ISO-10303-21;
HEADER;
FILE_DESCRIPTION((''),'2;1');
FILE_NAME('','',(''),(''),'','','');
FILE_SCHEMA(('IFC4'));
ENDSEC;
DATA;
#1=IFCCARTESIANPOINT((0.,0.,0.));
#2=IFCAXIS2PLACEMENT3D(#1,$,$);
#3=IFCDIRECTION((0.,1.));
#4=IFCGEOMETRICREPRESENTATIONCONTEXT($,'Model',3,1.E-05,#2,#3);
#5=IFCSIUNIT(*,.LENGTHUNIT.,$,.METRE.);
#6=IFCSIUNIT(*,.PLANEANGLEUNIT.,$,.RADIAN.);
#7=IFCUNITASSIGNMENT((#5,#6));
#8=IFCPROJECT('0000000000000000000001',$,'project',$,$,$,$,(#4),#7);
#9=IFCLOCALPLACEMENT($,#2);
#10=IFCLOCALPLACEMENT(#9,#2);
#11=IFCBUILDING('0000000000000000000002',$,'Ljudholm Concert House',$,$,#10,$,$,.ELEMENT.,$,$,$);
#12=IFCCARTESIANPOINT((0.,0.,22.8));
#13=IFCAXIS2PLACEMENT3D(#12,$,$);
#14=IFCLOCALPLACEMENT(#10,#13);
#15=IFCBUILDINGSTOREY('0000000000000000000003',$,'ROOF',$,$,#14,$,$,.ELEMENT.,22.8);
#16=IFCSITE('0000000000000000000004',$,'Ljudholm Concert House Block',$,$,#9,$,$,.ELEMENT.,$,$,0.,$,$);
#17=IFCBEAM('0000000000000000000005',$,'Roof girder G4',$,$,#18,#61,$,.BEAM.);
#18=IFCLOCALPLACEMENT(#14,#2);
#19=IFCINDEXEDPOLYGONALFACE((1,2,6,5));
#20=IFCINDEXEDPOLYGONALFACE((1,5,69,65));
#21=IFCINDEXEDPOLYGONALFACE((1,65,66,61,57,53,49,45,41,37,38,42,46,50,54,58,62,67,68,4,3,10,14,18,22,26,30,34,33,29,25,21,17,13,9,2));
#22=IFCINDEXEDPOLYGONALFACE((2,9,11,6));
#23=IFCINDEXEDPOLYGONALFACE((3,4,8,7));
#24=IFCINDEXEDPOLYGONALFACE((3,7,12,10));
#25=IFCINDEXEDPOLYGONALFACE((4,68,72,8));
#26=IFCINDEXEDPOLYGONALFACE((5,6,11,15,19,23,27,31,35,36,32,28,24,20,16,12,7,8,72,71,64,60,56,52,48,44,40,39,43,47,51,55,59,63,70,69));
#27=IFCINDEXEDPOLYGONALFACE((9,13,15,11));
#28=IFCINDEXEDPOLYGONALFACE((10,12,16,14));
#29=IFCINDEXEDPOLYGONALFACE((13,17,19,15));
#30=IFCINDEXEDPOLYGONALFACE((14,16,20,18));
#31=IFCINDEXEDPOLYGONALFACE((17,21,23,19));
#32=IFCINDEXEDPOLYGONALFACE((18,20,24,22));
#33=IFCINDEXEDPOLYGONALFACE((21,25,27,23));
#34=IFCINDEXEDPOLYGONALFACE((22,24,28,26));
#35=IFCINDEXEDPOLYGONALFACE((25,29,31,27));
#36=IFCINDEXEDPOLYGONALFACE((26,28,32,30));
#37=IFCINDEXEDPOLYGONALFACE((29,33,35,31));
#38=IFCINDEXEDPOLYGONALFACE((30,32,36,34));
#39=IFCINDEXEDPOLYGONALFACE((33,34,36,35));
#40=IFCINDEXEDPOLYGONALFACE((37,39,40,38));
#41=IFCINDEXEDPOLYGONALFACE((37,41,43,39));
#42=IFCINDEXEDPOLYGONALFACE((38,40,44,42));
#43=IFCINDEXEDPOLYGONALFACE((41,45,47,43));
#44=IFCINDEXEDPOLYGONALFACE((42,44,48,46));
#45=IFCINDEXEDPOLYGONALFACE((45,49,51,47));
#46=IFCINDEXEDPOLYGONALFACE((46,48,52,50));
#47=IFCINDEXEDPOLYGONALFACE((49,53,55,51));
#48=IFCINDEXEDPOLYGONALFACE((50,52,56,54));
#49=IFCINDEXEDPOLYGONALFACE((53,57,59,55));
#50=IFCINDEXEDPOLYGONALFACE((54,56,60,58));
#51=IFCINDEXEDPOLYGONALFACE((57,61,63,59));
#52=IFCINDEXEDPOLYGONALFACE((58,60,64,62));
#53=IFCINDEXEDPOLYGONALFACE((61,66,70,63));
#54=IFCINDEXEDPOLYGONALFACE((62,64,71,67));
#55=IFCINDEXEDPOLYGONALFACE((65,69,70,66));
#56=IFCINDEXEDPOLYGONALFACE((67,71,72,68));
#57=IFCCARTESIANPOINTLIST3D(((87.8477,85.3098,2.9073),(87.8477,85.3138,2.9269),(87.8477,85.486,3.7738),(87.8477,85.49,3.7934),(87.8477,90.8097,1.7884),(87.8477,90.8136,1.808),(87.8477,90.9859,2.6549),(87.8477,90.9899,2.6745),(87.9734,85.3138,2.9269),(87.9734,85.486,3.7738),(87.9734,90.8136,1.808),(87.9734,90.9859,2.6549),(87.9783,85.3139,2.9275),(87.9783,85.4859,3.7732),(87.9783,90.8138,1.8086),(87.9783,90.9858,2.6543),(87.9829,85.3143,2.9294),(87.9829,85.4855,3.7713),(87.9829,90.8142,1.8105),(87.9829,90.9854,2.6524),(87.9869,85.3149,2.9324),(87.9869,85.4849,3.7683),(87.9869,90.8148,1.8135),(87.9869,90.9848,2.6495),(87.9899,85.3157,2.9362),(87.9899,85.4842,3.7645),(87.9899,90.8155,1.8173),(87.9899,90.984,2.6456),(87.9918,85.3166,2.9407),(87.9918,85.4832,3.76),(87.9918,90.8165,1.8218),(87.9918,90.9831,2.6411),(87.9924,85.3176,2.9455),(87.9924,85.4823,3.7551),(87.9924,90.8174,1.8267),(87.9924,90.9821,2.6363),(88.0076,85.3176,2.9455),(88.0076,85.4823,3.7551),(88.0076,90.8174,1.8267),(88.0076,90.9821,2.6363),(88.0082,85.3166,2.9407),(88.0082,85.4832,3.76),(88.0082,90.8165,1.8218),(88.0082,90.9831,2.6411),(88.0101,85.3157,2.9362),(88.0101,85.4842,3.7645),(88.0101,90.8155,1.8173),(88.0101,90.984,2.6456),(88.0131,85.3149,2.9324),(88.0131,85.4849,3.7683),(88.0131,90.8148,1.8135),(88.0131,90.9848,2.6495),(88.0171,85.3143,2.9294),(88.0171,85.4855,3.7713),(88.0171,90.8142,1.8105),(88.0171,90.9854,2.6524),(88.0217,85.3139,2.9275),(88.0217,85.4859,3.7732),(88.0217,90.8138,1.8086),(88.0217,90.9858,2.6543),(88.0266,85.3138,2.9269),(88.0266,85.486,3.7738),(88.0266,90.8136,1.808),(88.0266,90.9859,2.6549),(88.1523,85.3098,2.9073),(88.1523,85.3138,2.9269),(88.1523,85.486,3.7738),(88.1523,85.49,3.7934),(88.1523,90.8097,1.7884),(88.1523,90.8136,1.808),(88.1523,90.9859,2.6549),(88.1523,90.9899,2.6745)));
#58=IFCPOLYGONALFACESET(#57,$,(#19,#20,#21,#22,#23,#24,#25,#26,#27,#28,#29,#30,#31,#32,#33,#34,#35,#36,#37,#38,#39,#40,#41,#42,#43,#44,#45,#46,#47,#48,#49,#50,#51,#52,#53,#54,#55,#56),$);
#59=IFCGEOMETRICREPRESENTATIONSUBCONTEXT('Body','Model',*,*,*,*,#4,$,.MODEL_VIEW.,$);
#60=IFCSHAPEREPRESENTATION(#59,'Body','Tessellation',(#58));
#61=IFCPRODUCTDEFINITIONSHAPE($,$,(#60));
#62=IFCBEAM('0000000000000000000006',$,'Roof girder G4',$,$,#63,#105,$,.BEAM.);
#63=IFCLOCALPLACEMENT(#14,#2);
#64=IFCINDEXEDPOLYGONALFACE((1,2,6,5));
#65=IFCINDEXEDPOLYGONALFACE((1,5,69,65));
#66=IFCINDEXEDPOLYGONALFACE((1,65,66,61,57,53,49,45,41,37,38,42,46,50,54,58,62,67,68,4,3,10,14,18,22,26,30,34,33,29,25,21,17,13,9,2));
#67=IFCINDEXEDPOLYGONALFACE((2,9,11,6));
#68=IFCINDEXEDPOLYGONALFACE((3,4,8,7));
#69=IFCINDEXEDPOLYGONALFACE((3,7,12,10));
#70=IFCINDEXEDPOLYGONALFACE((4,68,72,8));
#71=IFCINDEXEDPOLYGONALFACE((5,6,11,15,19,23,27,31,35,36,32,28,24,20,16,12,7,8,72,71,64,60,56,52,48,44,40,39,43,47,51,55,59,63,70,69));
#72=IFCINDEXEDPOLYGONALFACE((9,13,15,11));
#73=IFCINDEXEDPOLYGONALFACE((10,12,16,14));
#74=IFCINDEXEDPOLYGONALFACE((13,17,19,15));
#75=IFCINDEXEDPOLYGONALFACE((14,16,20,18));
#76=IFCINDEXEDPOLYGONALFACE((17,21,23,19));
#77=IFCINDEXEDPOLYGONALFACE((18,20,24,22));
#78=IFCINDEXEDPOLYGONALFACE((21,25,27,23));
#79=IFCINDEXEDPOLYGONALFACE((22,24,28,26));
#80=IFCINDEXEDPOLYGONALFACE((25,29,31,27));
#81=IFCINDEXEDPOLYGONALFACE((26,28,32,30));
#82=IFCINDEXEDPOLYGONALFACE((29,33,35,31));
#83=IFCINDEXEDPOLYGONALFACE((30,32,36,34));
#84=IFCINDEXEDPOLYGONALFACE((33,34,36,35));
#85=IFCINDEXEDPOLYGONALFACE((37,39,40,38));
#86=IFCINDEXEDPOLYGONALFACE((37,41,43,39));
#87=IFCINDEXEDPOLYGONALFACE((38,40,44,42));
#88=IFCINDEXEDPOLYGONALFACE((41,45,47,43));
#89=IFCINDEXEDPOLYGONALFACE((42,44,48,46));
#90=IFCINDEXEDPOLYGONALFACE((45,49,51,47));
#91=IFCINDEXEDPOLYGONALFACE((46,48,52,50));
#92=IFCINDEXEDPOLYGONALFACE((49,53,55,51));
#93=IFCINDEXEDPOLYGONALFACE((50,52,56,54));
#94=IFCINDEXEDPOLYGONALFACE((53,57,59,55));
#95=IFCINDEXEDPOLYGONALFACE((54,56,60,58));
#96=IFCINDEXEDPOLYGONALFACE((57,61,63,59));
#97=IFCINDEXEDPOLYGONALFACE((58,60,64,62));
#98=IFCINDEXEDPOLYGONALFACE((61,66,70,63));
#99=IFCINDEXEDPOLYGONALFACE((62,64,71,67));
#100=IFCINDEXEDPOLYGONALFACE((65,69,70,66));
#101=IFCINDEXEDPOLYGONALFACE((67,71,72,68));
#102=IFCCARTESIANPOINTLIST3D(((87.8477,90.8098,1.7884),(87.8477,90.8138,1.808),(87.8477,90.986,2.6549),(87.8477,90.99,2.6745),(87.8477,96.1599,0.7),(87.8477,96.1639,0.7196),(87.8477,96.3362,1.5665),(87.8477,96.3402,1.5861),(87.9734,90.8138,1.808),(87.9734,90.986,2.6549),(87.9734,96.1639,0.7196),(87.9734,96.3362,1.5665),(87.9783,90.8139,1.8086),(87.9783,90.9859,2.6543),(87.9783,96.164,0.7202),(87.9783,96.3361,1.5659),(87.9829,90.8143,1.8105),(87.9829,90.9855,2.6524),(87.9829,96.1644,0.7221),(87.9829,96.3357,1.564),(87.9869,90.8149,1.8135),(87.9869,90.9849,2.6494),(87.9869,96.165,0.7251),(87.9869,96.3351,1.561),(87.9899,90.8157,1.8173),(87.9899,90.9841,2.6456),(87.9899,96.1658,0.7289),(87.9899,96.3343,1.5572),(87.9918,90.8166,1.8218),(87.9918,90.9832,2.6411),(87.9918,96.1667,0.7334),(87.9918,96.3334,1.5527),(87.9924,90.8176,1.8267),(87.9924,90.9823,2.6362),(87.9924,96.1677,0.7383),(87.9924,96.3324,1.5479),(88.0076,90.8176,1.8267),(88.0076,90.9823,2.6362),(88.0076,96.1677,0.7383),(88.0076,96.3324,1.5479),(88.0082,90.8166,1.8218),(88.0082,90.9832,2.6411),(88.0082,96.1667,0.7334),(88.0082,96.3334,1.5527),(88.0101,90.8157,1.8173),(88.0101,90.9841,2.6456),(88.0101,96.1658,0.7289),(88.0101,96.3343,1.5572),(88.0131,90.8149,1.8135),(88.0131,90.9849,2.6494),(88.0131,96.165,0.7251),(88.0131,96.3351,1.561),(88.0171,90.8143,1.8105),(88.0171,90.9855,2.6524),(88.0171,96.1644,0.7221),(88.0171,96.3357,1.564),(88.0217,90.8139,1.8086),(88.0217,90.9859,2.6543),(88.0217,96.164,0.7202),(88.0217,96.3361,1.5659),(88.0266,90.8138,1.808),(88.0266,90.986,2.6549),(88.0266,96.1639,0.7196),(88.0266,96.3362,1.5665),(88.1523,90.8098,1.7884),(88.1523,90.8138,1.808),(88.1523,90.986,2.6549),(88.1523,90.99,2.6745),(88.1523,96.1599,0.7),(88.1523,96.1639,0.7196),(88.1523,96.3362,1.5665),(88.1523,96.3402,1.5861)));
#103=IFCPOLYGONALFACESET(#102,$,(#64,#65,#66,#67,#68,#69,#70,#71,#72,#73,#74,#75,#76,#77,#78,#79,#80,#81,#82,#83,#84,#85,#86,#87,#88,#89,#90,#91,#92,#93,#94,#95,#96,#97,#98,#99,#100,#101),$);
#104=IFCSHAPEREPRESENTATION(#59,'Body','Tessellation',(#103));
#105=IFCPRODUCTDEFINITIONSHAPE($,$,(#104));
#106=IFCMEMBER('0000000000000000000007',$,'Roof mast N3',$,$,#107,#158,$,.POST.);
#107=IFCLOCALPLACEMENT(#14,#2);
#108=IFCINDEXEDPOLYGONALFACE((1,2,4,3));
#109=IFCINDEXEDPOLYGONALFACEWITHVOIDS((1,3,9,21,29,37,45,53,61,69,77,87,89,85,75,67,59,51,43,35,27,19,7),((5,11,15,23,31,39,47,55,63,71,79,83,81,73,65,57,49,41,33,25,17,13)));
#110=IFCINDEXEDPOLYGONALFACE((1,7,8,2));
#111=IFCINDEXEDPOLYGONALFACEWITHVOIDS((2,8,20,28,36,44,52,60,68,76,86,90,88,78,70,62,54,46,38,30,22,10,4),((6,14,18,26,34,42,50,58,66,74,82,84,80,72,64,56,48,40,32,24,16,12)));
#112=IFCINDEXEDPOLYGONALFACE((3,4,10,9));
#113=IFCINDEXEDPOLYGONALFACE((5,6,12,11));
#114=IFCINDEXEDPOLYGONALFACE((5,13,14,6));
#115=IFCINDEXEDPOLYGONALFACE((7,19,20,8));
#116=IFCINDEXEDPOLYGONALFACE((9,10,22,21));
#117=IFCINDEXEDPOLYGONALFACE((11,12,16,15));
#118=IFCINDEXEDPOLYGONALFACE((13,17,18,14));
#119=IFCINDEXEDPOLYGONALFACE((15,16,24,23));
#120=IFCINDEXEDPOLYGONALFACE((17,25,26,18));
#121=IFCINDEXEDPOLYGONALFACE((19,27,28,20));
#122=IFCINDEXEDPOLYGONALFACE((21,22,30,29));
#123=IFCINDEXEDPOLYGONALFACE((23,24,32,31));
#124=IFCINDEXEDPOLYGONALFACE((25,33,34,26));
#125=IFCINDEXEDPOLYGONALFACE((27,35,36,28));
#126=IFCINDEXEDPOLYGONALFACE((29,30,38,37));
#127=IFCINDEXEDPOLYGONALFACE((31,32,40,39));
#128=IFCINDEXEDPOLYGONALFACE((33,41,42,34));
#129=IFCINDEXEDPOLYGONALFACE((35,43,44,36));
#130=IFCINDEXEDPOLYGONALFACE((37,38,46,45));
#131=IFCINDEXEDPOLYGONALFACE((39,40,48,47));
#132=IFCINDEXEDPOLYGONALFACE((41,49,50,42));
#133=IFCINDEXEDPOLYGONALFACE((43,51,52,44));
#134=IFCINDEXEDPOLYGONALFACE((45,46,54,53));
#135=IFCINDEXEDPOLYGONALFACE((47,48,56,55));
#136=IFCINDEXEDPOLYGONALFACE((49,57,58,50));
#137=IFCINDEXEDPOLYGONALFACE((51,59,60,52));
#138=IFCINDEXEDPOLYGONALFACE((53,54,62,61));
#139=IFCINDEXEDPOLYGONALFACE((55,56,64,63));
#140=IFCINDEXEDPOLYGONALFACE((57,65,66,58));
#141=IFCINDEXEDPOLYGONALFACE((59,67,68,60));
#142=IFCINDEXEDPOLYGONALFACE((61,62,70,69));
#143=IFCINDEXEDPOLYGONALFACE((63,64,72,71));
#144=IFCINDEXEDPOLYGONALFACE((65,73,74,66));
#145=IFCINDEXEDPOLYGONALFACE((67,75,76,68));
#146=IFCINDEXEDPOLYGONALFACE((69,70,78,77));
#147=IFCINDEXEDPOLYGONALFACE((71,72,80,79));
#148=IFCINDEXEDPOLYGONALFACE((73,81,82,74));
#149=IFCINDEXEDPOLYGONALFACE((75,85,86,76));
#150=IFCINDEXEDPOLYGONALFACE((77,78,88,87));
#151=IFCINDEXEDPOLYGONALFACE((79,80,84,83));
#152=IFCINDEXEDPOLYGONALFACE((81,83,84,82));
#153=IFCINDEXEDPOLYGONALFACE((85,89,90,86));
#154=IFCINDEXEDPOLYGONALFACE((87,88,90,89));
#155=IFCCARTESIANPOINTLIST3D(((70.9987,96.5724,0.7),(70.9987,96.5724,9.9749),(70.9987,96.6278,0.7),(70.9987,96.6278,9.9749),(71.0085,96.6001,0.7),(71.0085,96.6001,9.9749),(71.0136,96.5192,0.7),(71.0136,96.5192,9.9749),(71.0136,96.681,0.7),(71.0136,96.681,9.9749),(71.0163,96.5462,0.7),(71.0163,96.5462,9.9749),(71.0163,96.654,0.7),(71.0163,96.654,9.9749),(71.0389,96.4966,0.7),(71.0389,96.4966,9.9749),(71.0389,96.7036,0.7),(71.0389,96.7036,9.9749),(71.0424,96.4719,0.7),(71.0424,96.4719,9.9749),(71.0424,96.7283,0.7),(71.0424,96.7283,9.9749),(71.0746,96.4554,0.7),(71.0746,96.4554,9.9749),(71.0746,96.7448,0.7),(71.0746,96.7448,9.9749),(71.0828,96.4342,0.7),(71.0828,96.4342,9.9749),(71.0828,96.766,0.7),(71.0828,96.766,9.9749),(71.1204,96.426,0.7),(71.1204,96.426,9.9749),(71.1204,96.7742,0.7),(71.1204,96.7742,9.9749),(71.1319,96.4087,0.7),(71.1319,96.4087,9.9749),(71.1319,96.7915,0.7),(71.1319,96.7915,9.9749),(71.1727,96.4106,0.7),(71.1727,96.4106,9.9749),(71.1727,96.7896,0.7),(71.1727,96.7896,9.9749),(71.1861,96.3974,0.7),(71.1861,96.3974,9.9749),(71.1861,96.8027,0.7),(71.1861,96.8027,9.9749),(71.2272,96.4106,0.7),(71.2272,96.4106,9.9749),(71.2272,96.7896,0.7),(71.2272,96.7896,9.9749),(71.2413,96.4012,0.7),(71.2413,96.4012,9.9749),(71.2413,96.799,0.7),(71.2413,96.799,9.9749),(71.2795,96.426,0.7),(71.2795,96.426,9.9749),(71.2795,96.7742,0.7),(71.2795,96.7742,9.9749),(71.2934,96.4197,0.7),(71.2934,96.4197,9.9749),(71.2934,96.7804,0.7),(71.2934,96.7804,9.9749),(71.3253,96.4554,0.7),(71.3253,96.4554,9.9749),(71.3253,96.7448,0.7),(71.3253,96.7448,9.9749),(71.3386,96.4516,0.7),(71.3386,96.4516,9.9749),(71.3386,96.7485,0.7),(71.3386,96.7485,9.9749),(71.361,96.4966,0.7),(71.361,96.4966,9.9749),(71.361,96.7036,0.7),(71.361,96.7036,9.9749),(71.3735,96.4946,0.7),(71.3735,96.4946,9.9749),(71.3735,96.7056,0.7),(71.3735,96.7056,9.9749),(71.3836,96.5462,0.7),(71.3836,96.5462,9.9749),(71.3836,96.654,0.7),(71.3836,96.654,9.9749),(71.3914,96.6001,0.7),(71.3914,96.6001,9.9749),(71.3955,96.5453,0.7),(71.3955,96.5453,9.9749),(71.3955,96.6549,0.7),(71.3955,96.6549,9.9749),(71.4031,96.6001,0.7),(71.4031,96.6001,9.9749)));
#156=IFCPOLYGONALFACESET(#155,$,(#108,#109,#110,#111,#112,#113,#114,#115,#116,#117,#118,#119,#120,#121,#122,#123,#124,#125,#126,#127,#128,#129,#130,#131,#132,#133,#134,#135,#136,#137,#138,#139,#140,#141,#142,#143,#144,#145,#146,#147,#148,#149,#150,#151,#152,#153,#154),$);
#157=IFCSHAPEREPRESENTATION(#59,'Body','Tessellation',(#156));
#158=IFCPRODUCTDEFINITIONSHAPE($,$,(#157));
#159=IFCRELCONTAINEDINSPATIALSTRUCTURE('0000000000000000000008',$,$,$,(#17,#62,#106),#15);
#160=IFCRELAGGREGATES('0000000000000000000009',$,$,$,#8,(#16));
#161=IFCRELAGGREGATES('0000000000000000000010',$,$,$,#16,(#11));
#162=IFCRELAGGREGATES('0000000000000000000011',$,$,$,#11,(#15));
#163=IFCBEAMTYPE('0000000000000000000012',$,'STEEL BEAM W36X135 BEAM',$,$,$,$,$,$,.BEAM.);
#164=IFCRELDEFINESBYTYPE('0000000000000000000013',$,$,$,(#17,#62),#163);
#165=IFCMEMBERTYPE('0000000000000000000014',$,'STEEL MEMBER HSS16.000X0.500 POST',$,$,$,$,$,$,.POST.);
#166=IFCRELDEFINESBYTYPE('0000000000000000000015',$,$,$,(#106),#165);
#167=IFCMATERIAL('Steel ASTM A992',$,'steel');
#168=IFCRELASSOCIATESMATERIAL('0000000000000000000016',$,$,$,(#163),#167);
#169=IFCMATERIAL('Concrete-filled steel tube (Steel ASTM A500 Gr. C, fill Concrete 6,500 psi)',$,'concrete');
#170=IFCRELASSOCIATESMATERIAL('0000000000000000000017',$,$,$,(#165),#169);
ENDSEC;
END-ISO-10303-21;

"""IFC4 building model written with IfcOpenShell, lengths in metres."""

from ifc_helpers import new_model, si_unit, direction, frame, origin, origin_2d, place, context, subcontext, project, spatial, hollow_circle, i_section, extrude, material, material_profile, profile_set, type_object, element, save


model = new_model("IFC4")

# Units and contexts
model_context = context("Model", 3, precision=1e-05, world=origin(), true_north=direction((0.0, 1.0)))
body_context = subcontext(model_context, "Body", "Model", "MODEL_VIEW")
ifc_project = project(units=[si_unit("LENGTHUNIT", "METRE"), si_unit("PLANEANGLEUNIT", "RADIAN")], contexts=[model_context])

# Site, building, storey
site_placement = place(None, origin())
site = spatial("IfcSite", under=ifc_project, at=site_placement, Name="Ljudholm Concert House Block", CompositionType="ELEMENT", RefElevation=0.0)
building_placement = place(site_placement, origin())
building = spatial("IfcBuilding", under=site, at=building_placement, Name="Ljudholm Concert House", CompositionType="ELEMENT")
storey_placement = place(building_placement, frame((0.0, 0.0, 22.8)))
storey = spatial("IfcBuildingStorey", under=building, at=storey_placement, Name="ROOF", CompositionType="ELEMENT", Elevation=22.8)

# Beams
ifc_material_1 = material(Name="Steel ASTM A992", Category="steel")
ifc_material_profile_1 = material_profile(ifc_material_1, i_section(OverallWidth=0.3047, OverallDepth=0.9043, WebThickness=0.0151, FlangeThickness=0.02, FilletRadius=0.019, at=origin_2d()), Name="W36X135")
ifc_profile_set_1 = profile_set([ifc_material_profile_1], Name="Steel ASTM A992")
beam_type = type_object("IfcBeamType", Name="STEEL BEAM W36X135 BEAM", PredefinedType="BEAM", material=ifc_profile_set_1)
beam_1_placement = place(storey_placement, frame((88.0, 85.3999, 3.3503), z_axis=(0.0, 0.979928, -0.199352), x_axis=(-1.0, 0.0, 0.0)))
element("IfcBeam", 1, at=beam_1_placement, inside=storey, type_object=beam_type, Name="Roof girder G4", PredefinedType="BEAM", context=body_context, shape_type="SweptSolid", body=[
    extrude(i_section(OverallWidth=0.3047, OverallDepth=0.9043, WebThickness=0.0151, FlangeThickness=0.02, FilletRadius=0.019, at=origin_2d()), origin(), (0.0, 0.0, 1.0), 5.6125),
])
beam_2_placement = place(storey_placement, frame((88.0, 90.8999, 2.2314), z_axis=(0.0, 0.979929, -0.199348), x_axis=(-1.0, 0.0, 0.0)))
element("IfcBeam", 2, at=beam_2_placement, inside=storey, type_object=beam_type, Name="Roof girder G4", PredefinedType="BEAM", context=body_context, shape_type="SweptSolid", body=[
    extrude(i_section(OverallWidth=0.3047, OverallDepth=0.9043, WebThickness=0.0151, FlangeThickness=0.02, FilletRadius=0.019, at=origin_2d()), origin(), (0.0, 0.0, 1.0), 5.4597),
])

# Member
ifc_material_2 = material(Name="Concrete-filled steel tube (Steel ASTM A500 Gr. C, fill Concrete 6,500 psi)", Category="concrete")
ifc_material_profile_2 = material_profile(ifc_material_2, hollow_circle(Radius=0.2031, WallThickness=0.0117, at=origin_2d()), Name="HSS16.000X0.500")
ifc_profile_set_2 = profile_set([ifc_material_profile_2], Name="Concrete-filled steel tube (Steel ASTM A500 Gr. C, fill Concrete 6,500 psi)")
member_type_1 = type_object("IfcMemberType", Name="STEEL MEMBER HSS16.000X0.500 POST", PredefinedType="POST", material=ifc_profile_set_2)
for number, where, z_axis, x_axis, name in (
    (3, (71.2, 96.6001, 0.7), (0.0, 0.0, 1.0), (1.0, 0.0, 0.0), "Roof mast N3"),
):
    element("IfcMember", number, at=place(storey_placement, frame(where, z_axis=z_axis, x_axis=x_axis)), inside=storey, type_object=member_type_1, Name=name, PredefinedType="POST", context=body_context, shape_type="SweptSolid", body=[
        extrude(hollow_circle(Radius=0.2031, WallThickness=0.0117, at=origin_2d()), origin(), (0.0, 0.0, 1.0), 9.2749),
    ])

save(model, "model.ifc")
